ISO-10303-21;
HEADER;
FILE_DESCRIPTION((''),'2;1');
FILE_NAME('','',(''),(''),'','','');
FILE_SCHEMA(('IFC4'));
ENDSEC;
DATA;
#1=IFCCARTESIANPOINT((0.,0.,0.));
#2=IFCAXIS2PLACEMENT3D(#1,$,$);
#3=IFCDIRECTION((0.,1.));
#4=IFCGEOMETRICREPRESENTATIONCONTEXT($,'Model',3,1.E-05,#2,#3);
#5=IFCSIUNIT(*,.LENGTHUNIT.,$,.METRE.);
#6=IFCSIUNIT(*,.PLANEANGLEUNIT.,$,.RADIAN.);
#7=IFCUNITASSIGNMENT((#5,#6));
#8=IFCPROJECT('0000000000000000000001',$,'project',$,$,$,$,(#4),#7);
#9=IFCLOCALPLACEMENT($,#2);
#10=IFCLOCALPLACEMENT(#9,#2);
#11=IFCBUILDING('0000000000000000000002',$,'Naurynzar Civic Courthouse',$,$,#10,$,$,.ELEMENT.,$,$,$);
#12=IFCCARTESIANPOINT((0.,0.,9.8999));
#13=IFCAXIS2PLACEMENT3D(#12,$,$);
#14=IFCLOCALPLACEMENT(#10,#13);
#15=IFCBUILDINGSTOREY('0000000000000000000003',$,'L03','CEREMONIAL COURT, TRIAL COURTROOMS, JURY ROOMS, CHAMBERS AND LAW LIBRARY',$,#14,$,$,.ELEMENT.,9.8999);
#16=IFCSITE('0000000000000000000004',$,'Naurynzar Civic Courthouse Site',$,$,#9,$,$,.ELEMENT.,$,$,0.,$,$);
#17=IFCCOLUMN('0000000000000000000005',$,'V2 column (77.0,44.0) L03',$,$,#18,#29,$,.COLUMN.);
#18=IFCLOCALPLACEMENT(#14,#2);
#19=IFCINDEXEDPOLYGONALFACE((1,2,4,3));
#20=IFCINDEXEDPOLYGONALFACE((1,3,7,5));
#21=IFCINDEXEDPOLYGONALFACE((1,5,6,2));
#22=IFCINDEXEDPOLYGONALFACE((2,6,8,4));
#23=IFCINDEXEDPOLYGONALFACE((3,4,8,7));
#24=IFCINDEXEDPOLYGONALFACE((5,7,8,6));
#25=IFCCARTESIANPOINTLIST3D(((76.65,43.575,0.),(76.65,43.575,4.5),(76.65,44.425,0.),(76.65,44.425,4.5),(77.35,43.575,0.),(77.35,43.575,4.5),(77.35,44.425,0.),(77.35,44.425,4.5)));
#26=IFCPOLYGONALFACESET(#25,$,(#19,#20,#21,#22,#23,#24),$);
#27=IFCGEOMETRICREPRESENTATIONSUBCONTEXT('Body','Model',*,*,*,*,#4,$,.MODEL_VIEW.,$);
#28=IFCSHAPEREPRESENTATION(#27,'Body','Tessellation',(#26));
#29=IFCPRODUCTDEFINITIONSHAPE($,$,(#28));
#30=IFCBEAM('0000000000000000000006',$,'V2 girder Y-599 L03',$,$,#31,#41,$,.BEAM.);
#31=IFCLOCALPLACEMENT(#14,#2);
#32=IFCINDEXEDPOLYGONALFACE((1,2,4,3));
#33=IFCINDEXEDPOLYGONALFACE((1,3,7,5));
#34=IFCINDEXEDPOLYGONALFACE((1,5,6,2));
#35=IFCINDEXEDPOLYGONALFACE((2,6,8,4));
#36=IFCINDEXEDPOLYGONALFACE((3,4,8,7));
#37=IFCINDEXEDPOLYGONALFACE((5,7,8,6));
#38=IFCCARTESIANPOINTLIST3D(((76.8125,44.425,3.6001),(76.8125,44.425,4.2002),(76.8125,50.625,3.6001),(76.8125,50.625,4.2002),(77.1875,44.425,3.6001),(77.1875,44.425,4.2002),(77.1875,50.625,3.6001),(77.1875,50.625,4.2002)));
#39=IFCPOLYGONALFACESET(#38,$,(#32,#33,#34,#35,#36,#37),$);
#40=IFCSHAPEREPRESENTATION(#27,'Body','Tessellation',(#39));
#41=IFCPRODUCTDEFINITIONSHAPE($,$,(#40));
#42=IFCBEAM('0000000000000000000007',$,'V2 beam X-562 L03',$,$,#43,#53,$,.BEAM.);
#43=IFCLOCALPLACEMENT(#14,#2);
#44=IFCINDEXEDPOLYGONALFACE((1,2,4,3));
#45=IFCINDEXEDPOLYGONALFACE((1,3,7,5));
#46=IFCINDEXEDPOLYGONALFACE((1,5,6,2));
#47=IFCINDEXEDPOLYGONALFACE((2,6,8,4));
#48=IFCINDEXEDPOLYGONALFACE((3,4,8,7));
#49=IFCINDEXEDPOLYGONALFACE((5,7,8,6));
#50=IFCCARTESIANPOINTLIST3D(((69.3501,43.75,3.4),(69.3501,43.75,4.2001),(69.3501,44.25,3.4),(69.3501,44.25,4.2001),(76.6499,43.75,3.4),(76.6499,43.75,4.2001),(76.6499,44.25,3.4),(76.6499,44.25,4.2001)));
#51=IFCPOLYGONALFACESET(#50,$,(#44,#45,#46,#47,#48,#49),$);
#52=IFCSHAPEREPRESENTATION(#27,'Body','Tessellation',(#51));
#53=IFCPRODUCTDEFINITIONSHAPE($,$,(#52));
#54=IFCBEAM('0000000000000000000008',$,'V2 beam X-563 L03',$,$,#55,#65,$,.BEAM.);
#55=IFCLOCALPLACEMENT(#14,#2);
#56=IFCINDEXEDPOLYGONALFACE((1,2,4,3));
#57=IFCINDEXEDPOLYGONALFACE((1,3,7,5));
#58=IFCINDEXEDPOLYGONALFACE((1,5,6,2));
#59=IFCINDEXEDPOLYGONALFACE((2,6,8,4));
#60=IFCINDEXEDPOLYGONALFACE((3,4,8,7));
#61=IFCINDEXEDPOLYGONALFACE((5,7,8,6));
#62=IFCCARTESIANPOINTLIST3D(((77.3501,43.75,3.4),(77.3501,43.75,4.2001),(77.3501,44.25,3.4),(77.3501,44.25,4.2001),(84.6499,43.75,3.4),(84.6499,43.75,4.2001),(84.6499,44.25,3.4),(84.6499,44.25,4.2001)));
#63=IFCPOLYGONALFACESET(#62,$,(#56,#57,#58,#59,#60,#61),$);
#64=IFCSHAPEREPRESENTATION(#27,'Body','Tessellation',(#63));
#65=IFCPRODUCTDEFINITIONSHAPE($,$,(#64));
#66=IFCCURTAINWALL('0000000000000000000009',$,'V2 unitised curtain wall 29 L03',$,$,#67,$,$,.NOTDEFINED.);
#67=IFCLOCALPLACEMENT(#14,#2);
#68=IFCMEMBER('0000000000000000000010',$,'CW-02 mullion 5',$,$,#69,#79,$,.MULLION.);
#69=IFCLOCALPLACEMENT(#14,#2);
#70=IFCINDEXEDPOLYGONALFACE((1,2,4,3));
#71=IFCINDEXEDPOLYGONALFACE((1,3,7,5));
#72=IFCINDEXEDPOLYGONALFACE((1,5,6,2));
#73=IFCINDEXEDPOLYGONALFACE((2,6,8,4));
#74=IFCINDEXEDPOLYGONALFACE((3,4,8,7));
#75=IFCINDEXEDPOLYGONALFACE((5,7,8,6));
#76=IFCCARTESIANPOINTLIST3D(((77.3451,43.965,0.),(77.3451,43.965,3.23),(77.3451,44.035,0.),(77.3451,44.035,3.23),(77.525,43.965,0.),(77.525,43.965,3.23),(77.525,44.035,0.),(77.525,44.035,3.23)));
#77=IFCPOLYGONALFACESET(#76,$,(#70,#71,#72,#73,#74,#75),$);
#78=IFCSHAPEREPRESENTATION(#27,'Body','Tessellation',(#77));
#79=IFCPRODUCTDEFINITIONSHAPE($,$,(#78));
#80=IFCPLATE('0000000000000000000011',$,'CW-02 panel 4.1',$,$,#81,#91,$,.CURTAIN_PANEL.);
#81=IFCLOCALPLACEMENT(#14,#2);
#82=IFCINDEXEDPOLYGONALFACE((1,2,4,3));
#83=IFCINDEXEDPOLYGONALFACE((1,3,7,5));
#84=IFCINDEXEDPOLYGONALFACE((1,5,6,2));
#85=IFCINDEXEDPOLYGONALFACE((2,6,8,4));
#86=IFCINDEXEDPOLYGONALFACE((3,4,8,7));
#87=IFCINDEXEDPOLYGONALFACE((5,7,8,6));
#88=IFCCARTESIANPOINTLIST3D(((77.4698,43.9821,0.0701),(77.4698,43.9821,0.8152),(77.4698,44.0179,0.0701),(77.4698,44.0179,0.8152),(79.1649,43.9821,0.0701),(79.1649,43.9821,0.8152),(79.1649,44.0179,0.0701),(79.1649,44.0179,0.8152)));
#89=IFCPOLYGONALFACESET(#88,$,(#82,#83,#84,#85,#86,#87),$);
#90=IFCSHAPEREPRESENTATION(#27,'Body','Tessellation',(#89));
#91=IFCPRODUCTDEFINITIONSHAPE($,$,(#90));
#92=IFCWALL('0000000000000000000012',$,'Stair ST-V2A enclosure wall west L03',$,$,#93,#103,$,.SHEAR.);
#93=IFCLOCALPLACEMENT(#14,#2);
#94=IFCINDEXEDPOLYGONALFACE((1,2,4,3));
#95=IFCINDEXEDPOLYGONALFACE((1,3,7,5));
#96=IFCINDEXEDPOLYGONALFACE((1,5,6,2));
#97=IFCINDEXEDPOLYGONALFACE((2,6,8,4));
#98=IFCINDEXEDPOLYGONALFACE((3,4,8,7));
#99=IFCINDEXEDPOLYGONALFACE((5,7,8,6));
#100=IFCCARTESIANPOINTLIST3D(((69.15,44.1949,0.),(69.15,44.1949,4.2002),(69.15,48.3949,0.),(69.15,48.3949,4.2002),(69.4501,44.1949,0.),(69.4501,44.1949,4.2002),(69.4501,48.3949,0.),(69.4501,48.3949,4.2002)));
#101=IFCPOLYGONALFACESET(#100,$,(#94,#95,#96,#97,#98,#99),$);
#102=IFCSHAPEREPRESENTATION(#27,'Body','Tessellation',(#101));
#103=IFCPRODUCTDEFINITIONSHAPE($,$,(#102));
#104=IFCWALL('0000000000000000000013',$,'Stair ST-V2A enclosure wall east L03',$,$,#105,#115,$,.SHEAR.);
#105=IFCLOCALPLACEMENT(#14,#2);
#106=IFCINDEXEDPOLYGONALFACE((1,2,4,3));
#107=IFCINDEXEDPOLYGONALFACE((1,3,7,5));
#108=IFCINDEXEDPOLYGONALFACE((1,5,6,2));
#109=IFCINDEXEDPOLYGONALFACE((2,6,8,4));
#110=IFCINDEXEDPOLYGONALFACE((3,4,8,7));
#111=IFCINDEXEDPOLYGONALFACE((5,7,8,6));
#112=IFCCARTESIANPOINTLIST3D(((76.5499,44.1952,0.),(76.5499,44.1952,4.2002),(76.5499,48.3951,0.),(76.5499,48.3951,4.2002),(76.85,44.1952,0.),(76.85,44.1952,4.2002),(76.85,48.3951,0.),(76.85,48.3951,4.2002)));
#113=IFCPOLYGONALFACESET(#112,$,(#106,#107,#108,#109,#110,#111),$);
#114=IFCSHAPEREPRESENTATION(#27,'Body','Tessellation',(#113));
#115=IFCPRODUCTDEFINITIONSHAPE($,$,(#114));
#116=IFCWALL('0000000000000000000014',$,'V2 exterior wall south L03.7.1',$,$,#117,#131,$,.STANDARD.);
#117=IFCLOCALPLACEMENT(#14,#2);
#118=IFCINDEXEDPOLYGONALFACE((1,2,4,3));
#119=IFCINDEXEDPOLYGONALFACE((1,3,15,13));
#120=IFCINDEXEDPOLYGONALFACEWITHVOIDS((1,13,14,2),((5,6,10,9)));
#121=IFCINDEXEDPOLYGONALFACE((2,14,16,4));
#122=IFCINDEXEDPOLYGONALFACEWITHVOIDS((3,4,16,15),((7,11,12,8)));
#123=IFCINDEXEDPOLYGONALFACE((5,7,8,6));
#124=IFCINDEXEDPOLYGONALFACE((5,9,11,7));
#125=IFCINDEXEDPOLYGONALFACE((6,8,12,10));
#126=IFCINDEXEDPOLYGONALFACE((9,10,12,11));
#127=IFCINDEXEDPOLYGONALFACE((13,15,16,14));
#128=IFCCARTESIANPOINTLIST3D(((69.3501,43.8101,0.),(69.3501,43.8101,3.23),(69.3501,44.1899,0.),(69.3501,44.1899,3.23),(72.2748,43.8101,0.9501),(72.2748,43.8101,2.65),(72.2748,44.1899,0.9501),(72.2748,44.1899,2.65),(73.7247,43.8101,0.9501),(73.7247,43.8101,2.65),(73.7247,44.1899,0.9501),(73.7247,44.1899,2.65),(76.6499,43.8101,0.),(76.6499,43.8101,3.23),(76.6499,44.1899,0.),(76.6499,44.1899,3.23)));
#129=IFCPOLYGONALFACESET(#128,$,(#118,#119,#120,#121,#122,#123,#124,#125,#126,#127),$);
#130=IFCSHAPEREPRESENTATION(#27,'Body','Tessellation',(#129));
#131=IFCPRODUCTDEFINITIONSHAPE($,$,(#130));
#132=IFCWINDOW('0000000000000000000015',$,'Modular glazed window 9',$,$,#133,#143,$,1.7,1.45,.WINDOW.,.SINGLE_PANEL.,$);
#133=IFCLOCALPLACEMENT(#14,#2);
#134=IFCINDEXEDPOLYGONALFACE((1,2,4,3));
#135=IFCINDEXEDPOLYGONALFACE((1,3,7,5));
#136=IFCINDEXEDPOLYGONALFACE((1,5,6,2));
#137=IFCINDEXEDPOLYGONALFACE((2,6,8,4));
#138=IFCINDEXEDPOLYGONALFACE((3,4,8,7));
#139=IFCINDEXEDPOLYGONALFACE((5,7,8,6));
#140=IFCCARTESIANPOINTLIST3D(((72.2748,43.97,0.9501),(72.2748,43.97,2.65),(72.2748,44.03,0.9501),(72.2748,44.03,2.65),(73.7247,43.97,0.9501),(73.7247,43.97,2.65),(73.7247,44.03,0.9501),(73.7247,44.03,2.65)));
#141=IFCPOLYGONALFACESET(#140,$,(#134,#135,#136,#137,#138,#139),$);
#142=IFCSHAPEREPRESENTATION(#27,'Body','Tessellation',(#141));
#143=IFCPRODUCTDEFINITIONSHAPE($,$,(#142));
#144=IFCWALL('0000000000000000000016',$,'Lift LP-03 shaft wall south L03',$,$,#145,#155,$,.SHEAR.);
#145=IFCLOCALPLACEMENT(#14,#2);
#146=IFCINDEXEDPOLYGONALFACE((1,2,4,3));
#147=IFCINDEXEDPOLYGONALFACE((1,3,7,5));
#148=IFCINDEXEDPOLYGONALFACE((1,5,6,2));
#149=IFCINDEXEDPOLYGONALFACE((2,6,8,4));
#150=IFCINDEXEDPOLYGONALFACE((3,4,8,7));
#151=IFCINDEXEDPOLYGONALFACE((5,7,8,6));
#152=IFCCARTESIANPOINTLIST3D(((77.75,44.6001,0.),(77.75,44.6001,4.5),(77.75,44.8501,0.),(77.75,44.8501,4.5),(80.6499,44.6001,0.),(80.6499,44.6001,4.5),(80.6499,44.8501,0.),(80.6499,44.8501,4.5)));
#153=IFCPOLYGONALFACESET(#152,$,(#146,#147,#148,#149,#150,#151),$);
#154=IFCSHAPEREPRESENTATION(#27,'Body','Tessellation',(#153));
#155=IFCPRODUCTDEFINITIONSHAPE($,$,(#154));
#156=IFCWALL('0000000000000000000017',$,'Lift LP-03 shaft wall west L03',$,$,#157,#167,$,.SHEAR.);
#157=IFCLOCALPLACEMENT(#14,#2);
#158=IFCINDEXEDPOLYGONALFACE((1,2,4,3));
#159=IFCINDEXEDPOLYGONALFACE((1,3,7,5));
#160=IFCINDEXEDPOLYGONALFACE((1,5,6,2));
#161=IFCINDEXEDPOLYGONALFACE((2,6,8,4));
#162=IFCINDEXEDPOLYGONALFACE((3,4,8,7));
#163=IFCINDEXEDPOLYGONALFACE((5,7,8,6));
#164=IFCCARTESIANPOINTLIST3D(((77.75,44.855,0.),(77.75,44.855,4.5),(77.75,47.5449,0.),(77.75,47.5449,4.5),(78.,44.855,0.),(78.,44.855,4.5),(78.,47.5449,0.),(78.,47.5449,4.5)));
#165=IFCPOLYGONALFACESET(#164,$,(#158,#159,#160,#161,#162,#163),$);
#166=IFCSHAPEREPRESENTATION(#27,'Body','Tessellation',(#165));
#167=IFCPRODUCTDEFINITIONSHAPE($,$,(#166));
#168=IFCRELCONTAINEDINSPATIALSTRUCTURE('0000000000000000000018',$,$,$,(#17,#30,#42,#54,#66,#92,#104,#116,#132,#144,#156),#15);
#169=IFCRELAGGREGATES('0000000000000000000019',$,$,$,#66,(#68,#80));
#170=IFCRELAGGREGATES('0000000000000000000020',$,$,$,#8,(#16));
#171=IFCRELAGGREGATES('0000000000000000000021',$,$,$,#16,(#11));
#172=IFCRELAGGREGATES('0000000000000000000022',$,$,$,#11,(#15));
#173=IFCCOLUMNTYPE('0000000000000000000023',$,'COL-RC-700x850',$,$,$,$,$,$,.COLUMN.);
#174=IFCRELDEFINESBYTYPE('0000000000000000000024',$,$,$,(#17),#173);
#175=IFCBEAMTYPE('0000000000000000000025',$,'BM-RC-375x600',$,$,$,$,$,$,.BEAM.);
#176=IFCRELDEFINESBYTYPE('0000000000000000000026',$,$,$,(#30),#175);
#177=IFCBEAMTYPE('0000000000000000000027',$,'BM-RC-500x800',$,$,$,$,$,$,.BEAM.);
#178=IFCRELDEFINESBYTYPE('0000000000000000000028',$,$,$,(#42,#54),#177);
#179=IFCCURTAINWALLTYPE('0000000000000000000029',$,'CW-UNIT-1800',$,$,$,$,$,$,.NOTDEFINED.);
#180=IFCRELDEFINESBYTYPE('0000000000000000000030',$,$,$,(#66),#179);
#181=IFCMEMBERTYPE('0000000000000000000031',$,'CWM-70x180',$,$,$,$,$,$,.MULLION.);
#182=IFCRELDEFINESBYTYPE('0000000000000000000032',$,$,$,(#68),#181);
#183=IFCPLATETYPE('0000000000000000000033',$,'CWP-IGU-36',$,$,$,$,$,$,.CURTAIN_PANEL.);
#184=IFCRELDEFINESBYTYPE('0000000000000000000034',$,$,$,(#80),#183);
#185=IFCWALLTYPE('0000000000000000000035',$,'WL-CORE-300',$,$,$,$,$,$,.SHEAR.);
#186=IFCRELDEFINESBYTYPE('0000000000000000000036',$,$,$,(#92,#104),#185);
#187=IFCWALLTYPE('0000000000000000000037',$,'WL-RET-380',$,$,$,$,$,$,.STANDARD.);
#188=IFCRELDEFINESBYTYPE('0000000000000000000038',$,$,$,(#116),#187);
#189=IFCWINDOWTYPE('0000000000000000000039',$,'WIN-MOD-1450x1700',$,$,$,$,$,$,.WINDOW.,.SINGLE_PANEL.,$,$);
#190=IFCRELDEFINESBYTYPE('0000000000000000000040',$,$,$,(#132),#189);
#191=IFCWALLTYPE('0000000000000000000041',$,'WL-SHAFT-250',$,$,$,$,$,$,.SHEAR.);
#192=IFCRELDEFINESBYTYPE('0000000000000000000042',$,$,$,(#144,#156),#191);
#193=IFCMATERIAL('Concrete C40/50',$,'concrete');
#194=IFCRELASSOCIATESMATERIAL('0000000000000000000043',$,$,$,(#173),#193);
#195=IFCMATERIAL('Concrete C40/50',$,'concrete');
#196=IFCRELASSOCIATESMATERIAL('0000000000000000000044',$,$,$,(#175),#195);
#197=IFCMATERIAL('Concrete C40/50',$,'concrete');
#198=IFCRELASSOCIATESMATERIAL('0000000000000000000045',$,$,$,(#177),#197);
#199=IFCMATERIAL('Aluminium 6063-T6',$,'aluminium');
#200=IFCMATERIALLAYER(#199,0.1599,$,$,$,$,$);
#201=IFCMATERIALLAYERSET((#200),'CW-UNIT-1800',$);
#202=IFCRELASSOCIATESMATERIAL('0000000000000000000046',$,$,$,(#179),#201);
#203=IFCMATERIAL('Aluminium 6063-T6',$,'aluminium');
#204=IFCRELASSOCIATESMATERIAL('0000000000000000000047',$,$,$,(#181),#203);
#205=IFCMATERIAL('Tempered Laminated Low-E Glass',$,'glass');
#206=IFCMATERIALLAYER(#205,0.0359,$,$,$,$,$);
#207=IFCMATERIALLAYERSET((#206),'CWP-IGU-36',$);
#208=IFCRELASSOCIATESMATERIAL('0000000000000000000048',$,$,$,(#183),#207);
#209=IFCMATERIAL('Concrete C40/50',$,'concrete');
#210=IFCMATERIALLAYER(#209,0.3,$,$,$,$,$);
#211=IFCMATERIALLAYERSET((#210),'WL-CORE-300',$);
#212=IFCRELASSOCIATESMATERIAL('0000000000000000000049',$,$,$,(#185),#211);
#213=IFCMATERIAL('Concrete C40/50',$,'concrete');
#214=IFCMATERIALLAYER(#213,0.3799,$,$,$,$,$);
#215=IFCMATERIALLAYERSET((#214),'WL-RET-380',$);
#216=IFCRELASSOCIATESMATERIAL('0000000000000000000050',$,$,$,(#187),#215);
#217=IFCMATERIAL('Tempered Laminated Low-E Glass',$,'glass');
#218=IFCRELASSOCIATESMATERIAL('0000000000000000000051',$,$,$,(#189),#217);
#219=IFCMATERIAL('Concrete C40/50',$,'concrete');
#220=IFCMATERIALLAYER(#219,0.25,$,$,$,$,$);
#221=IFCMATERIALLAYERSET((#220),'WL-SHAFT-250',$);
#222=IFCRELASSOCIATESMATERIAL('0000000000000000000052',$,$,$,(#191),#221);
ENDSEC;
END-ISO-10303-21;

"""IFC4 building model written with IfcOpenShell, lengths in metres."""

from ifc_helpers import new_model, si_unit, direction, frame, frame_2d, origin, origin_2d, place, context, subcontext, project, spatial, rectangle, extrude, material, layer, layer_set, material_profile, profile_set, type_object, element, fill, aggregate, save


model = new_model("IFC4")

# Units and contexts
model_context = context("Model", 3, precision=1e-05, world=origin(), true_north=direction((0.0, 1.0)))
body_context = subcontext(model_context, "Body", "Model", "MODEL_VIEW")
ifc_project = project(units=[si_unit("LENGTHUNIT", "METRE"), si_unit("PLANEANGLEUNIT", "RADIAN")], contexts=[model_context])

# Site, building, storey
site_placement = place(None, origin())
site = spatial("IfcSite", under=ifc_project, at=site_placement, Name="Naurynzar Civic Courthouse Site", CompositionType="ELEMENT", RefElevation=0.0)
building_placement = place(site_placement, origin())
building = spatial("IfcBuilding", under=site, at=building_placement, Name="Naurynzar Civic Courthouse", CompositionType="ELEMENT")
storey_placement = place(building_placement, frame((0.0, 0.0, 9.8999)))
storey = spatial("IfcBuildingStorey", under=building, at=storey_placement, Name="L03", Description="CEREMONIAL COURT, TRIAL COURTROOMS, JURY ROOMS, CHAMBERS AND LAW LIBRARY", CompositionType="ELEMENT", Elevation=9.8999)

# Column
ifc_material_1 = material(Name="Concrete C40/50", Category="concrete")
ifc_material_profile_1 = material_profile(ifc_material_1, rectangle(XDim=0.7, YDim=0.8501, at=origin_2d()), Name="RC 700x850")
ifc_profile_set_1 = profile_set([ifc_material_profile_1], Name="Concrete C40/50")
column_type = type_object("IfcColumnType", Name="COL-RC-700x850", PredefinedType="COLUMN", material=ifc_profile_set_1)
column_placement = place(storey_placement, frame((77.0, 44.0, 0.0), z_axis=(0.0, 0.0, 1.0), x_axis=(1.0, 0.0, 0.0)))
element("IfcColumn", 1, at=column_placement, inside=storey, type_object=column_type, Name="V2 column (77.0,44.0) L03", PredefinedType="COLUMN", context=body_context, shape_type="SweptSolid", body=[
    extrude(rectangle(XDim=0.7, YDim=0.8501, at=origin_2d()), origin(), (0.0, 0.0, 1.0), 4.5),
])

# Beams
ifc_material_2 = material(Name="Concrete C40/50", Category="concrete")
ifc_material_profile_2 = material_profile(ifc_material_2, rectangle(XDim=0.375, YDim=0.6001, at=origin_2d()), Name="RCB 375x600")
ifc_profile_set_2 = profile_set([ifc_material_profile_2], Name="Concrete C40/50")
beam_type_1 = type_object("IfcBeamType", Name="BM-RC-375x600", PredefinedType="BEAM", material=ifc_profile_set_2)
beam_placement = place(storey_placement, frame((77.0, 44.425, 3.9001), z_axis=(0.0, 1.0, 0.0), x_axis=(-1.0, 0.0, 0.0)))
element("IfcBeam", 2, at=beam_placement, inside=storey, type_object=beam_type_1, Name="V2 girder Y-599 L03", PredefinedType="BEAM", context=body_context, shape_type="SweptSolid", body=[
    extrude(rectangle(XDim=0.375, YDim=0.6001, at=origin_2d()), origin(), (0.0, 0.0, 1.0), 6.2),
])
ifc_material_3 = material(Name="Concrete C40/50", Category="concrete")
ifc_material_profile_3 = material_profile(ifc_material_3, rectangle(XDim=0.5, YDim=0.8, at=origin_2d()), Name="RCB 500x800")
ifc_profile_set_3 = profile_set([ifc_material_profile_3], Name="Concrete C40/50")
beam_type_2 = type_object("IfcBeamType", Name="BM-RC-500x800", PredefinedType="BEAM", material=ifc_profile_set_3)
for number, where, z_axis, x_axis, name in (
    (3, (69.3501, 44.0, 3.8), (1.0, 0.0, 0.0), (0.0, 1.0, 0.0), "V2 beam X-562 L03"),
    (4, (77.3501, 44.0, 3.8), (1.0, 0.0, 0.0), (0.0, 1.0, 0.0), "V2 beam X-563 L03"),
):
    element("IfcBeam", number, at=place(storey_placement, frame(where, z_axis=z_axis, x_axis=x_axis)), inside=storey, type_object=beam_type_2, Name=name, PredefinedType="BEAM", context=body_context, shape_type="SweptSolid", body=[
        extrude(rectangle(XDim=0.5, YDim=0.8, at=origin_2d()), origin(), (0.0, 0.0, 1.0), 7.2998),
    ])

# Curtain wall, member, plate
ifc_material_4 = material(Name="Aluminium 6063-T6", Category="aluminium")
ifc_layer_1 = layer(ifc_material_4, 0.1599)
ifc_layer_set_1 = layer_set([ifc_layer_1], Name="CW-UNIT-1800")
curtain_wall_type = type_object("IfcCurtainWallType", Name="CW-UNIT-1800", PredefinedType="NOTDEFINED", material=ifc_layer_set_1)
curtain_wall_placement = place(storey_placement, origin())
curtain_wall = element("IfcCurtainWall", 5, at=curtain_wall_placement, inside=storey, type_object=curtain_wall_type, Name="V2 unitised curtain wall 29 L03", PredefinedType="NOTDEFINED")
ifc_material_5 = material(Name="Aluminium 6063-T6", Category="aluminium")
ifc_material_profile_4 = material_profile(ifc_material_5, rectangle(XDim=0.0701, YDim=0.1799, at=origin_2d()), Name="ALU MULLION 70x180")
ifc_profile_set_4 = profile_set([ifc_material_profile_4], Name="Aluminium 6063-T6")
member_type = type_object("IfcMemberType", Name="CWM-70x180", PredefinedType="MULLION", material=ifc_profile_set_4)
member_placement = place(storey_placement, frame((77.4351, 44.0, 0.0), z_axis=(0.0, 0.0, 1.0), x_axis=(0.0, -1.0, 0.0)))
member = element("IfcMember", 6, at=member_placement, type_object=member_type, Name="CW-02 mullion 5", PredefinedType="MULLION", context=body_context, shape_type="SweptSolid", body=[
    extrude(rectangle(XDim=0.0701, YDim=0.1799, at=origin_2d()), origin(), (0.0, 0.0, 1.0), 3.23),
])
ifc_material_6 = material(Name="Tempered Laminated Low-E Glass", Category="glass")
ifc_layer_2 = layer(ifc_material_6, 0.0359)
ifc_layer_set_2 = layer_set([ifc_layer_2], Name="CWP-IGU-36")
plate_type = type_object("IfcPlateType", Name="CWP-IGU-36", PredefinedType="CURTAIN_PANEL", material=ifc_layer_set_2)
plate_placement = place(storey_placement, frame((78.3174, 44.0, 0.0701), z_axis=(0.0, 0.0, 1.0), x_axis=(-1.0, 0.0, 0.0)))
plate = element("IfcPlate", 7, at=plate_placement, type_object=plate_type, Name="CW-02 panel 4.1", PredefinedType="CURTAIN_PANEL", context=body_context, shape_type="SweptSolid", body=[
    extrude(rectangle(XDim=1.6951, YDim=0.0359, at=origin_2d()), origin(), (0.0, 0.0, 1.0), 0.7451),
])
aggregate(curtain_wall, [member, plate])

# Shared definitions
ifc_material_7 = material(Name="Concrete C40/50", Category="concrete")
ifc_layer_3 = layer(ifc_material_7, 0.3)
ifc_layer_set_3 = layer_set([ifc_layer_3], Name="WL-CORE-300")
wall_type_1 = type_object("IfcWallType", Name="WL-CORE-300", PredefinedType="SHEAR", material=ifc_layer_set_3)

# Walls
for number, where, z_axis, x_axis, name in (
    (8, (69.3, 48.395, 0.0), (0.0, 0.0, 1.0), (0.0, -1.0, 0.0), "Stair ST-V2A enclosure wall west L03"),
    (9, (76.7, 44.1951, 0.0), (0.0, 0.0, 1.0), (0.0, 1.0, 0.0), "Stair ST-V2A enclosure wall east L03"),
):
    element("IfcWall", number, at=place(storey_placement, frame(where, z_axis=z_axis, x_axis=x_axis)), inside=storey, type_object=wall_type_1, Name=name, PredefinedType="SHEAR", context=body_context, shape_type="SweptSolid", body=[
        extrude(rectangle(XDim=4.2, YDim=0.3, at=frame_2d((2.1001, 0.0))), origin(), (0.0, 0.0, 1.0), 4.2002),
    ])

# Wall, opening, window
ifc_material_8 = material(Name="Concrete C40/50", Category="concrete")
ifc_layer_4 = layer(ifc_material_8, 0.3799)
ifc_layer_set_4 = layer_set([ifc_layer_4], Name="WL-RET-380")
wall_type_2 = type_object("IfcWallType", Name="WL-RET-380", PredefinedType="STANDARD", material=ifc_layer_set_4)
wall_1_placement = place(storey_placement, frame((76.6499, 44.0, 0.0), z_axis=(0.0, 0.0, 1.0), x_axis=(-1.0, 0.0, 0.0)))
wall_1 = element("IfcWall", 10, at=wall_1_placement, inside=storey, type_object=wall_type_2, Name="V2 exterior wall south L03.7.1", PredefinedType="STANDARD", context=body_context, shape_type="SweptSolid", body=[
    extrude(rectangle(XDim=7.2998, YDim=0.3799, at=frame_2d((3.6499, 0.0))), origin(), (0.0, 0.0, 1.0), 3.23),
])
opening_1_placement = place(wall_1_placement, frame((2.925, 0.0, 0.95)))
opening_1 = element("IfcOpeningElement", 11, at=opening_1_placement, cuts=wall_1, PredefinedType="OPENING", context=body_context, shape_type="SweptSolid", body=[
    extrude(rectangle(XDim=1.45, YDim=1.7, at=frame_2d((0.7251, 0.8501))), frame((0.0, 0.2, 0.0), z_axis=(0.0, -1.0, 0.0), x_axis=(1.0, 0.0, 0.0)), (0.0, 0.0, 1.0), 0.3999),
])
ifc_material_9 = material(Name="Tempered Laminated Low-E Glass", Category="glass")
window_type = type_object("IfcWindowType", Name="WIN-MOD-1450x1700", PartitioningType="SINGLE_PANEL", PredefinedType="WINDOW", material=ifc_material_9)
window_placement = place(opening_1_placement, origin())
window = element("IfcWindow", 12, at=window_placement, inside=storey, type_object=window_type, Name="Modular glazed window 9", OverallHeight=1.7, OverallWidth=1.45, PartitioningType="SINGLE_PANEL", PredefinedType="WINDOW", context=body_context, shape_type="SweptSolid", body=[
    extrude(rectangle(XDim=1.45, YDim=1.7, at=frame_2d((0.7251, 0.8501))), frame((0.0, 0.03, 0.0), z_axis=(0.0, -1.0, 0.0), x_axis=(1.0, 0.0, 0.0)), (0.0, 0.0, 1.0), 0.0601),
])
fill(opening_1, window)

# Walls
ifc_material_10 = material(Name="Concrete C40/50", Category="concrete")
ifc_layer_5 = layer(ifc_material_10, 0.25)
ifc_layer_set_5 = layer_set([ifc_layer_5], Name="WL-SHAFT-250")
wall_type_3 = type_object("IfcWallType", Name="WL-SHAFT-250", PredefinedType="SHEAR", material=ifc_layer_set_5)
wall_2_placement = place(storey_placement, frame((77.75, 44.7251, 0.0), z_axis=(0.0, 0.0, 1.0), x_axis=(1.0, 0.0, 0.0)))
element("IfcWall", 13, at=wall_2_placement, inside=storey, type_object=wall_type_3, Name="Lift LP-03 shaft wall south L03", PredefinedType="SHEAR", context=body_context, shape_type="SweptSolid", body=[
    extrude(rectangle(XDim=2.8999, YDim=0.25, at=frame_2d((1.45, 0.0))), origin(), (0.0, 0.0, 1.0), 4.5),
])
wall_3_placement = place(storey_placement, frame((77.875, 47.5449, 0.0), z_axis=(0.0, 0.0, 1.0), x_axis=(0.0, -1.0, 0.0)))
element("IfcWall", 14, at=wall_3_placement, inside=storey, type_object=wall_type_3, Name="Lift LP-03 shaft wall west L03", PredefinedType="SHEAR", context=body_context, shape_type="SweptSolid", body=[
    extrude(rectangle(XDim=2.6899, YDim=0.25, at=frame_2d((1.345, 0.0))), origin(), (0.0, 0.0, 1.0), 4.5),
])

save(model, "model.ifc")
